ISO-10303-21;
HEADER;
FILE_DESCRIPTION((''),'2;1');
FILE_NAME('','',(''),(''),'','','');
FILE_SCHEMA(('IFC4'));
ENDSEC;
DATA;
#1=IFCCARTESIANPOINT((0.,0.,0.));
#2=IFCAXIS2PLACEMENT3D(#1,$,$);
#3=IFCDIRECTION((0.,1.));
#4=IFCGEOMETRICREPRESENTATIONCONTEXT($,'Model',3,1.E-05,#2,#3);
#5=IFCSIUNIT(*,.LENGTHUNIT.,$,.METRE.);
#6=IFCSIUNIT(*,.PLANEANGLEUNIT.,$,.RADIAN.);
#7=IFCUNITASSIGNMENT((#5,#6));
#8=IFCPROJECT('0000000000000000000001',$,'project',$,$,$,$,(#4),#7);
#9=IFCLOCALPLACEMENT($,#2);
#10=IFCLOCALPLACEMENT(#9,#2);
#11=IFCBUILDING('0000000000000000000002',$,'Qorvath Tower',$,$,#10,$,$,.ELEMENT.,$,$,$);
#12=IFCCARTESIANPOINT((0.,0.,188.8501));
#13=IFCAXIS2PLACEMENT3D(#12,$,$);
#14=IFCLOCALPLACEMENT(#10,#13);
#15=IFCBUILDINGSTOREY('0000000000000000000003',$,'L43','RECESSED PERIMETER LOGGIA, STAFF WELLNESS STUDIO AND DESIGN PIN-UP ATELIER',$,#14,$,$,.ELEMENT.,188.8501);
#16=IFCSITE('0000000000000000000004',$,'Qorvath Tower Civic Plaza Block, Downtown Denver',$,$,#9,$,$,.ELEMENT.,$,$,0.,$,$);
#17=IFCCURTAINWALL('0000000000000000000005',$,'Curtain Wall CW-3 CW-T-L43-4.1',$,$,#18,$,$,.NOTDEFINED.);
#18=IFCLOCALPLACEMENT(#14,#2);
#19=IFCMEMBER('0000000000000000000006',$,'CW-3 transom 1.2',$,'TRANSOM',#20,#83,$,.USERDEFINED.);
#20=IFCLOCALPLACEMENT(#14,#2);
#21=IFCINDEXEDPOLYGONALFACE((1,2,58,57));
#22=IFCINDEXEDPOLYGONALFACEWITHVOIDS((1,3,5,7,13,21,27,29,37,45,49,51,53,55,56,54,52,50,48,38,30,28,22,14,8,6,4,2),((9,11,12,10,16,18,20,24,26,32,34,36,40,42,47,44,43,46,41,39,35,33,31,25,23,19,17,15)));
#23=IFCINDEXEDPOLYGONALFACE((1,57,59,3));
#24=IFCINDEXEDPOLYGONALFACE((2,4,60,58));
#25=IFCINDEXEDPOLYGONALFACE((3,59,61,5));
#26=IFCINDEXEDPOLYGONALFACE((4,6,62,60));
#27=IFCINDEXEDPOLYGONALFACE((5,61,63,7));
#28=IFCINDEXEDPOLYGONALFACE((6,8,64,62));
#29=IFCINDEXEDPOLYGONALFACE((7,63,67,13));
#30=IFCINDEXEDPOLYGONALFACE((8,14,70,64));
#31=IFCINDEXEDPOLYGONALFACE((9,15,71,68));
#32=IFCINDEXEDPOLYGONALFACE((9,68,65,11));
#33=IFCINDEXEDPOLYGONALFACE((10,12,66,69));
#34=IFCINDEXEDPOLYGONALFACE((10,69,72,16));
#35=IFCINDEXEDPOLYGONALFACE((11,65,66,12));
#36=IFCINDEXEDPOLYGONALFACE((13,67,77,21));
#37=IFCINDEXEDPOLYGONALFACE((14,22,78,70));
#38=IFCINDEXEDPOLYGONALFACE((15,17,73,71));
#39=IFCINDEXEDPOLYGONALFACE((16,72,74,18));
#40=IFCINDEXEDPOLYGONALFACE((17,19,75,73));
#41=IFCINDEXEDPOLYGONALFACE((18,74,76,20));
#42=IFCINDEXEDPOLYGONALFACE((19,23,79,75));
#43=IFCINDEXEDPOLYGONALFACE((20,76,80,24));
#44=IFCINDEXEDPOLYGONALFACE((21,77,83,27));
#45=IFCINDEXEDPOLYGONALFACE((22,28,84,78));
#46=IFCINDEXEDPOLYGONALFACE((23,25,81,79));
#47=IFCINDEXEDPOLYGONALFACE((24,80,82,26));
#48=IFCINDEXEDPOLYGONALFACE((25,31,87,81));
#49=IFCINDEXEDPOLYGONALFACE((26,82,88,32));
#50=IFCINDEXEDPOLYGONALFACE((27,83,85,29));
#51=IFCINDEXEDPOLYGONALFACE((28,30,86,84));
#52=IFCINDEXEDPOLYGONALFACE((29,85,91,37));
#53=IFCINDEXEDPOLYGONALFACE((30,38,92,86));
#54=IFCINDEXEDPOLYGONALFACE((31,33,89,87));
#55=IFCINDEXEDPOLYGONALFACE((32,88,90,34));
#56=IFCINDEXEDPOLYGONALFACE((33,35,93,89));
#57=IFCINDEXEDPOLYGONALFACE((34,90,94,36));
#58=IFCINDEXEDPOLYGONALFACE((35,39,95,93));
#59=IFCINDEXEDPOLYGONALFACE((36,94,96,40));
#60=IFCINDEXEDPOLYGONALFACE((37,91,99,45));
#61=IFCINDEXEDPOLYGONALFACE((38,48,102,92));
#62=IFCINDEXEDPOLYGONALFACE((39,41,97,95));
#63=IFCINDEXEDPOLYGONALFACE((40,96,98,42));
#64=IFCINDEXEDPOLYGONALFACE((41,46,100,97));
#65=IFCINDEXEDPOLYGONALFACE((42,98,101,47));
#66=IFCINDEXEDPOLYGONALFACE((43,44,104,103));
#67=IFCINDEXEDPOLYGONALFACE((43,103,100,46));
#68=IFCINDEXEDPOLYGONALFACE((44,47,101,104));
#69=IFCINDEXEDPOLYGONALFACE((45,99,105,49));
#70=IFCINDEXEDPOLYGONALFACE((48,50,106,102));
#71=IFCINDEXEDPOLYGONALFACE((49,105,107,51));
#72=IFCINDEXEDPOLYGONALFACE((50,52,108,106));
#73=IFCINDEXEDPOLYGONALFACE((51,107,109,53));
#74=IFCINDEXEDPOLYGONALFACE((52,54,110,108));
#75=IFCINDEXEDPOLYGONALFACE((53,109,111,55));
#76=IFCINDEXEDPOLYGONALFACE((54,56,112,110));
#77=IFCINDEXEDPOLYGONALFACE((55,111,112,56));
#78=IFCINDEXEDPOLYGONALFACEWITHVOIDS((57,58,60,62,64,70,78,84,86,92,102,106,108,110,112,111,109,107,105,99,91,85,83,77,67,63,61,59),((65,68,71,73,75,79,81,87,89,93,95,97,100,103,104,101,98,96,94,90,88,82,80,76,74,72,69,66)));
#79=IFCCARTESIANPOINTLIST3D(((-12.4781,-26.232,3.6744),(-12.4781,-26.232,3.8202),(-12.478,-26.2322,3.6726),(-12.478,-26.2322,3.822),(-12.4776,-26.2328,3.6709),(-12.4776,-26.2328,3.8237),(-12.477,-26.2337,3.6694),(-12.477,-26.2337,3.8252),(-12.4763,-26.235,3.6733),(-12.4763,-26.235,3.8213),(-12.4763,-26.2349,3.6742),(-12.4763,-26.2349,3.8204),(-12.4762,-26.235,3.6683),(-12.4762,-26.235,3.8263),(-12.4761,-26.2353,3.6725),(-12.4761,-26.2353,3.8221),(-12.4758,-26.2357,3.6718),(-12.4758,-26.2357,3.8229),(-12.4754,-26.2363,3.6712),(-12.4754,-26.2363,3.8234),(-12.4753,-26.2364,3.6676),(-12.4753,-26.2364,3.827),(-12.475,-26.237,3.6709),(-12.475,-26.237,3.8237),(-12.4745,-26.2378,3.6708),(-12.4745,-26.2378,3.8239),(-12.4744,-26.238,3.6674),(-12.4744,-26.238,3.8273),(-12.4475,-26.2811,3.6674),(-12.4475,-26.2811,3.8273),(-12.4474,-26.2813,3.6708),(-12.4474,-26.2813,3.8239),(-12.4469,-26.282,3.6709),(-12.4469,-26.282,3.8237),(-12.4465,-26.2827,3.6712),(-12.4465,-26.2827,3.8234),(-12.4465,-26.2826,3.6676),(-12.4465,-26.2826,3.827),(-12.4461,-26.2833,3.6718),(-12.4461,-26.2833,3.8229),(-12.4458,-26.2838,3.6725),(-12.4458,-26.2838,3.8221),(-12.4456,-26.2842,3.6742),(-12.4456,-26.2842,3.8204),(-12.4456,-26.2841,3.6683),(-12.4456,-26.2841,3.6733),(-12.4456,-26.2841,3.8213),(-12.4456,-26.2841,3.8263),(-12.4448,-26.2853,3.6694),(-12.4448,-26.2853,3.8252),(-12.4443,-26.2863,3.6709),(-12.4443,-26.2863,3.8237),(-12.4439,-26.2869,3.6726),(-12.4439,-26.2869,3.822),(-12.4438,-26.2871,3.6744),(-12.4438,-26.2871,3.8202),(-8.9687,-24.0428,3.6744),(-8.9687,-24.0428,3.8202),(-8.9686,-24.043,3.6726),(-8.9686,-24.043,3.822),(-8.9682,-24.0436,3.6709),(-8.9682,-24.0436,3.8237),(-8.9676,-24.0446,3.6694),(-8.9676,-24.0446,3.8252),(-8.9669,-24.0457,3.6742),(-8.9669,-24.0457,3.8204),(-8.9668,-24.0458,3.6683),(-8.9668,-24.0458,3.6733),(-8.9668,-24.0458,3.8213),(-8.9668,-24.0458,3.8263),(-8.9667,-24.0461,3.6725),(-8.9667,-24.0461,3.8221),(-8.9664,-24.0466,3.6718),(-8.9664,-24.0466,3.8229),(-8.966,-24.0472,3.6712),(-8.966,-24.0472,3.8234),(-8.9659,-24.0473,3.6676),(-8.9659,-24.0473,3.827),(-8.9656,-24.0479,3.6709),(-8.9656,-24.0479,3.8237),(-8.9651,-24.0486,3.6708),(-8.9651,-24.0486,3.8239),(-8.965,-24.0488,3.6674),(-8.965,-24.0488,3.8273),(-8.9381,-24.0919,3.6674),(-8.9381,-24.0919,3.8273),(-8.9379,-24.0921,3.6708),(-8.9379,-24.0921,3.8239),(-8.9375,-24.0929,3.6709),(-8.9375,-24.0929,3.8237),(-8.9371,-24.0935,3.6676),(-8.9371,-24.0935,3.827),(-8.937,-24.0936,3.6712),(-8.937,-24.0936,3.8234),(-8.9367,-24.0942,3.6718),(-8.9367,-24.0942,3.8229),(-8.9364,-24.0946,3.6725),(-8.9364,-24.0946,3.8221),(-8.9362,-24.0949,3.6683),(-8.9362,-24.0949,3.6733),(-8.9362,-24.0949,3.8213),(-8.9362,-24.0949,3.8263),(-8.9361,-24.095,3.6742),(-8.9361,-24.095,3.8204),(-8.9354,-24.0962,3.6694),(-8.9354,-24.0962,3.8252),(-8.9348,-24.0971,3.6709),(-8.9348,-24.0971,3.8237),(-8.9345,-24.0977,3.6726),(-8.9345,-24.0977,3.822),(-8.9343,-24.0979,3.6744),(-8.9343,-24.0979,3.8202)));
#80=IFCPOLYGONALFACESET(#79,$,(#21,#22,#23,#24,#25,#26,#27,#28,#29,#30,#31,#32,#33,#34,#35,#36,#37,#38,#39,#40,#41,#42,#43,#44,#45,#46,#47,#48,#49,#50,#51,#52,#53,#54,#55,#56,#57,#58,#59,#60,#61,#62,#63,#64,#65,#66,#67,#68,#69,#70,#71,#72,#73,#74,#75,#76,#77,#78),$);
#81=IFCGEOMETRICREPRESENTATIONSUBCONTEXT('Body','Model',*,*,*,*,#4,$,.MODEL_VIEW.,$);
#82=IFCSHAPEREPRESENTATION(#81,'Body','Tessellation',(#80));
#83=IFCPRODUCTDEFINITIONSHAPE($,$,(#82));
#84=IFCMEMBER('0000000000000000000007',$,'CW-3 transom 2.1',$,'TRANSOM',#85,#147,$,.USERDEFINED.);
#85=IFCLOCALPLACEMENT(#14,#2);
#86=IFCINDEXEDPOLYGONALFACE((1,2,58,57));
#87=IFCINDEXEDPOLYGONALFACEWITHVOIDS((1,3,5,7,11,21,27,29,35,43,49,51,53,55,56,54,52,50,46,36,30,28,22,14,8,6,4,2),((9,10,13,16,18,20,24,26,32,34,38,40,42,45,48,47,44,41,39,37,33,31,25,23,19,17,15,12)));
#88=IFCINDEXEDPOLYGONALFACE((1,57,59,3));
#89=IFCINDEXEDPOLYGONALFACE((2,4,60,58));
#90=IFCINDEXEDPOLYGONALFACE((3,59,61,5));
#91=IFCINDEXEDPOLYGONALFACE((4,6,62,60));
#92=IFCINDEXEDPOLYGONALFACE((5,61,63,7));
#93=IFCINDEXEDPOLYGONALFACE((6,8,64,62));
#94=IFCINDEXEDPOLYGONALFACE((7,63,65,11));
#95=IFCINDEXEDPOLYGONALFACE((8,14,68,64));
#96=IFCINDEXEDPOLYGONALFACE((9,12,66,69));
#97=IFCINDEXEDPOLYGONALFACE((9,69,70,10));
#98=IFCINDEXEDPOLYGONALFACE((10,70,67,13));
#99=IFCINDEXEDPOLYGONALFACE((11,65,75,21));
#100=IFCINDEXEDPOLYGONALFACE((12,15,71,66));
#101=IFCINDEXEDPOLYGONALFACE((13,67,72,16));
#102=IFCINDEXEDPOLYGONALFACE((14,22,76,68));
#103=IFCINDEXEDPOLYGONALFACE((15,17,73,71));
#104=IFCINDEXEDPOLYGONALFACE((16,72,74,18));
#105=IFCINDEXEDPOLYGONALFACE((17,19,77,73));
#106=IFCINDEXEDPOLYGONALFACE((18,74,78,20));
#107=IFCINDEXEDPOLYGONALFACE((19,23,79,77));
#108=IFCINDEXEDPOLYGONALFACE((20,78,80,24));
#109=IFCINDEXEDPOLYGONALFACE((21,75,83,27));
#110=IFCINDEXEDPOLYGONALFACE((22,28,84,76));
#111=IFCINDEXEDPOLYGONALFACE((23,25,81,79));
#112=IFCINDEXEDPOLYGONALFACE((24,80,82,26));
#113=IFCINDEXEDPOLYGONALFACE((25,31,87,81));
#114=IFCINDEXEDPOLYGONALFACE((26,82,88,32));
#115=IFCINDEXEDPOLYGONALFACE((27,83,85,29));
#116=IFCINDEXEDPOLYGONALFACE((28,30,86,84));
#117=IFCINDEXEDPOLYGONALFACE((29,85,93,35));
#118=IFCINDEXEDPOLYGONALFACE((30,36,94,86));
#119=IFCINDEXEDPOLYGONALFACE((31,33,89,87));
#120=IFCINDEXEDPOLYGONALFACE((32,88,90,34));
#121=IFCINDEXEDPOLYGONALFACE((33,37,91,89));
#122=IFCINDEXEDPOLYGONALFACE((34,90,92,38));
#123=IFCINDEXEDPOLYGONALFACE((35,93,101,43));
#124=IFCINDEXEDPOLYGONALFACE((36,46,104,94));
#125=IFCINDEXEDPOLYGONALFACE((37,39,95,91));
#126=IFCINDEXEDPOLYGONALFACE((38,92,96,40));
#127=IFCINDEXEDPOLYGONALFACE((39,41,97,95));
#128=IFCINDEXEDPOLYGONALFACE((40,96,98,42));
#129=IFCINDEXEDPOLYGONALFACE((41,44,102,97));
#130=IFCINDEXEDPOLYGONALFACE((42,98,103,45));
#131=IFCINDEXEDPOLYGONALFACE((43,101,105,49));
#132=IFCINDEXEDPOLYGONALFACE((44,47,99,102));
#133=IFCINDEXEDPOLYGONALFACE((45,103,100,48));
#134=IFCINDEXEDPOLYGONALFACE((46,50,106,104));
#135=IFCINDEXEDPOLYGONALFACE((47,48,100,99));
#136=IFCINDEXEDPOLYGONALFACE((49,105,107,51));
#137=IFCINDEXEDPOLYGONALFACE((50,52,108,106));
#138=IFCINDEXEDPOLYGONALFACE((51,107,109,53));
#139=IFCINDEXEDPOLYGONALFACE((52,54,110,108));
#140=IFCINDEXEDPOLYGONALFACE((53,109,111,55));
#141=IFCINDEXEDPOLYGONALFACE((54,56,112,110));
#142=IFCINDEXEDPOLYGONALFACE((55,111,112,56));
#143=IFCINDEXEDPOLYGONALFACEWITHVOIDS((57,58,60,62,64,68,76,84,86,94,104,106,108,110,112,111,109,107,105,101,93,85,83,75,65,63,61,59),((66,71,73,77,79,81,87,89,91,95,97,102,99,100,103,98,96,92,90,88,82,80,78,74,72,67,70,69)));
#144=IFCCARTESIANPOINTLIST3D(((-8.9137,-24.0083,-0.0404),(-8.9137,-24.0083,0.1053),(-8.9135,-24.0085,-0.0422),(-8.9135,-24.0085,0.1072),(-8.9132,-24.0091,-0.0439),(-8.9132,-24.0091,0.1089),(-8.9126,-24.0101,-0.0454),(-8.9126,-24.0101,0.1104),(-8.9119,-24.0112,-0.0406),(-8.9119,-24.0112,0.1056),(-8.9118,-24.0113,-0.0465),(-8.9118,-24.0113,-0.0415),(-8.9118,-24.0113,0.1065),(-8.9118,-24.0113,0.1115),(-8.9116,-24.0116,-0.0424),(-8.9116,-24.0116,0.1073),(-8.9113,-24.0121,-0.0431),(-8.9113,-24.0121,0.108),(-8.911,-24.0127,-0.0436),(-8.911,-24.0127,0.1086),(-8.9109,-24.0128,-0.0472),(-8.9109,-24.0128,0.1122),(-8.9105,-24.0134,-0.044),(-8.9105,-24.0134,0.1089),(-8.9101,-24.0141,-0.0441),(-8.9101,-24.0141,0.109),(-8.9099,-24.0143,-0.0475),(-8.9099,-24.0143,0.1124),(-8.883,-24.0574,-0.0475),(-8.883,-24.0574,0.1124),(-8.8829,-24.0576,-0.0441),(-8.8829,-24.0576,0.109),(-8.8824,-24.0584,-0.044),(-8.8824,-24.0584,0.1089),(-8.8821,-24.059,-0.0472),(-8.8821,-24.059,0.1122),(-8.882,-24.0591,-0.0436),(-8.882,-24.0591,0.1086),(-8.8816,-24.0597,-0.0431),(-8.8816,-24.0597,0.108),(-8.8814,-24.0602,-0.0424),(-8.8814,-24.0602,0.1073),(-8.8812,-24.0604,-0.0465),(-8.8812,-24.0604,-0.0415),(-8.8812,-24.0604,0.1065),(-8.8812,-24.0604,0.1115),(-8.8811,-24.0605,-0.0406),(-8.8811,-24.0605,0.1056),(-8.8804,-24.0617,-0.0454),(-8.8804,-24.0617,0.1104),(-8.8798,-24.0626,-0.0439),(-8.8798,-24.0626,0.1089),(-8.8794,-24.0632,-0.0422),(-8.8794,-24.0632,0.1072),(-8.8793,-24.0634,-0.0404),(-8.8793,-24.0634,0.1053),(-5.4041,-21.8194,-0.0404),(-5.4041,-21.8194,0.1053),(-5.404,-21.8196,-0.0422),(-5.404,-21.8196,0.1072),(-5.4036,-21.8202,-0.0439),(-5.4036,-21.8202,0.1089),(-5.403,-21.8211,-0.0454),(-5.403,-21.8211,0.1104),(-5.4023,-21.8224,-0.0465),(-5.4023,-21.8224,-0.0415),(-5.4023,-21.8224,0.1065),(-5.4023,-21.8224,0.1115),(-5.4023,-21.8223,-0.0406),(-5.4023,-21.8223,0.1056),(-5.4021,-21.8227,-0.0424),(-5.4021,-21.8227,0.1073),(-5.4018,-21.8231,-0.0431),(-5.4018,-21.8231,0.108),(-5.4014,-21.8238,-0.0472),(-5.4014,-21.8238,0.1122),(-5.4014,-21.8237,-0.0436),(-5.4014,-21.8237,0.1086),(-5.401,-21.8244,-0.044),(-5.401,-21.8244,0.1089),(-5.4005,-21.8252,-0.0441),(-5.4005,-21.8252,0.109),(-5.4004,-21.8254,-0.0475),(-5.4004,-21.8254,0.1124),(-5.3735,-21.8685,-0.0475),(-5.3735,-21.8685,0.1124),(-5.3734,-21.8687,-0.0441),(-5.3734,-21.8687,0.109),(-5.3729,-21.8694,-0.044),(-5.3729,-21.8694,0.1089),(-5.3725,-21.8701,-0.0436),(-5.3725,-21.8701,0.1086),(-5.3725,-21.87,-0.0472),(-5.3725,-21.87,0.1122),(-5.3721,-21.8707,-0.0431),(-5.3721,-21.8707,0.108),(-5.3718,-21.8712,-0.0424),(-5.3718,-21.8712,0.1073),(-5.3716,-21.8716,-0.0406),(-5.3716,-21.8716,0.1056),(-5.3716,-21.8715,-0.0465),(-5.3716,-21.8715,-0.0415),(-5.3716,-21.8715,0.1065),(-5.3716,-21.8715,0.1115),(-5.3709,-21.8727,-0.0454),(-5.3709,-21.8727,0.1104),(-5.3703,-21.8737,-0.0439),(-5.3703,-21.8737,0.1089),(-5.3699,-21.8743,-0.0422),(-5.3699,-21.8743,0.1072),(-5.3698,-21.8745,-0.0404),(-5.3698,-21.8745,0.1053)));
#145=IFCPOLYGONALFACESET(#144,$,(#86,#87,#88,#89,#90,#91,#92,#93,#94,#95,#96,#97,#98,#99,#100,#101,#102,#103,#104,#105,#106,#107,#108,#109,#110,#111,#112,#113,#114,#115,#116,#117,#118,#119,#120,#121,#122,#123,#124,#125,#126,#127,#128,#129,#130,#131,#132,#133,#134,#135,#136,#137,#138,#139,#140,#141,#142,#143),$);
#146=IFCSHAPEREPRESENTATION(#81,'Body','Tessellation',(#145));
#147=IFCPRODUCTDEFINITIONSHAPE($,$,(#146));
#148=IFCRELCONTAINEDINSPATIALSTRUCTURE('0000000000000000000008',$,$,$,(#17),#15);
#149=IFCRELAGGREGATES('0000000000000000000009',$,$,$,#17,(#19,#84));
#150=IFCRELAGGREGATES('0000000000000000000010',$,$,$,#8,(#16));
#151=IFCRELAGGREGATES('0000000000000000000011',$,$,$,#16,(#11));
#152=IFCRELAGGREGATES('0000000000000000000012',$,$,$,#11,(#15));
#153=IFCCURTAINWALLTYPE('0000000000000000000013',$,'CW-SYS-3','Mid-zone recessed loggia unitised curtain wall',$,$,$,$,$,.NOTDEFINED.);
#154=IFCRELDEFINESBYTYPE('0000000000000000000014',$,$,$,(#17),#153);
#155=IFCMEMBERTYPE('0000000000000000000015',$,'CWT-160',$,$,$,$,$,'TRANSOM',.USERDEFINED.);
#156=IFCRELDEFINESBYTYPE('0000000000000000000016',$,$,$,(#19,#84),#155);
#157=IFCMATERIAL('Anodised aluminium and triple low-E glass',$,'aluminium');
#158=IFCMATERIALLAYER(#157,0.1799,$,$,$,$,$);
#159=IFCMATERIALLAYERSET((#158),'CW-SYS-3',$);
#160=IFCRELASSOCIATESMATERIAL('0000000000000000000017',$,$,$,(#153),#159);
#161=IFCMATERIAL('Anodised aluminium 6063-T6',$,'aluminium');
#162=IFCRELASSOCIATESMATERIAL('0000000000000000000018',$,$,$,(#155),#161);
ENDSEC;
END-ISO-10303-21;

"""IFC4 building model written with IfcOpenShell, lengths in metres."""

from ifc_helpers import new_model, si_unit, direction, frame, origin, origin_2d, place, context, subcontext, project, spatial, hollow_rectangle, extrude, material, layer, layer_set, material_profile, profile_set, type_object, element, aggregate, save


model = new_model("IFC4")

# Units and contexts
model_context = context("Model", 3, precision=1e-05, world=origin(), true_north=direction((0.0, 1.0)))
body_context = subcontext(model_context, "Body", "Model", "MODEL_VIEW")
ifc_project = project(units=[si_unit("LENGTHUNIT", "METRE"), si_unit("PLANEANGLEUNIT", "RADIAN")], contexts=[model_context])

# Site, building, storey
site_placement = place(None, origin())
site = spatial("IfcSite", under=ifc_project, at=site_placement, Name="Qorvath Tower Civic Plaza Block, Downtown Denver", CompositionType="ELEMENT", RefElevation=0.0)
building_placement = place(site_placement, origin())
building = spatial("IfcBuilding", under=site, at=building_placement, Name="Qorvath Tower", CompositionType="ELEMENT")
storey_placement = place(building_placement, frame((0.0, 0.0, 188.8501)))
storey = spatial("IfcBuildingStorey", under=building, at=storey_placement, Name="L43", Description="RECESSED PERIMETER LOGGIA, STAFF WELLNESS STUDIO AND DESIGN PIN-UP ATELIER", CompositionType="ELEMENT", Elevation=188.8501)

# Shared definitions
ifc_material_1 = material(Name="Anodised aluminium and triple low-E glass", Category="aluminium")
ifc_layer_1 = layer(ifc_material_1, 0.1799)
ifc_layer_set_1 = layer_set([ifc_layer_1], Name="CW-SYS-3")
curtain_wall_type = type_object("IfcCurtainWallType", Name="CW-SYS-3", Description="Mid-zone recessed loggia unitised curtain wall", PredefinedType="NOTDEFINED", material=ifc_layer_set_1)

# Curtain wall
curtain_wall_1_placement = place(storey_placement, origin())
curtain_wall_1 = element("IfcCurtainWall", 1, at=curtain_wall_1_placement, inside=storey, type_object=curtain_wall_type, Name="Curtain Wall CW-3 CW-T-L43-4.1", PredefinedType="NOTDEFINED")

# Members
ifc_material_2 = material(Name="Anodised aluminium 6063-T6", Category="aluminium")
ifc_material_profile_1 = material_profile(ifc_material_2, hollow_rectangle(XDim=0.0649, YDim=0.1599, WallThickness=0.0034, InnerFilletRadius=0.0034, OuterFilletRadius=0.0071, at=origin_2d()), Name="CWT 160x65")
ifc_profile_set_1 = profile_set([ifc_material_profile_1], Name="Anodised aluminium 6063-T6")
member_type_1 = type_object("IfcMemberType", Name="CWT-160", ElementType="TRANSOM", PredefinedType="USERDEFINED", material=ifc_profile_set_1)
member_1_placement = place(storey_placement, frame((-12.4609, -26.2595, 3.7473), z_axis=(0.848459, 0.529261, 0.0), x_axis=(-0.529261, 0.848459, 0.0)))
member_1 = element("IfcMember", 2, at=member_1_placement, type_object=member_type_1, Name="CW-3 transom 1.2", ObjectType="TRANSOM", PredefinedType="USERDEFINED", context=body_context, shape_type="SweptSolid", body=[
    extrude(hollow_rectangle(XDim=0.0649, YDim=0.1599, WallThickness=0.0034, InnerFilletRadius=0.0034, OuterFilletRadius=0.0071, at=origin_2d()), origin(), (0.0, 0.0, 1.0), 4.1362),
])
member_2_placement = place(storey_placement, frame((-8.8965, -24.0359, 0.0325), z_axis=(0.848485, 0.529219, 0.0), x_axis=(-0.529219, 0.848485, 0.0)))
member_2 = element("IfcMember", 3, at=member_2_placement, type_object=member_type_1, Name="CW-3 transom 2.1", ObjectType="TRANSOM", PredefinedType="USERDEFINED", context=body_context, shape_type="SweptSolid", body=[
    extrude(hollow_rectangle(XDim=0.0649, YDim=0.1599, WallThickness=0.0034, InnerFilletRadius=0.0034, OuterFilletRadius=0.0071, at=origin_2d()), origin(), (0.0, 0.0, 1.0), 4.1362),
])

aggregate(curtain_wall_1, [member_1, member_2])

save(model, "model.ifc")
